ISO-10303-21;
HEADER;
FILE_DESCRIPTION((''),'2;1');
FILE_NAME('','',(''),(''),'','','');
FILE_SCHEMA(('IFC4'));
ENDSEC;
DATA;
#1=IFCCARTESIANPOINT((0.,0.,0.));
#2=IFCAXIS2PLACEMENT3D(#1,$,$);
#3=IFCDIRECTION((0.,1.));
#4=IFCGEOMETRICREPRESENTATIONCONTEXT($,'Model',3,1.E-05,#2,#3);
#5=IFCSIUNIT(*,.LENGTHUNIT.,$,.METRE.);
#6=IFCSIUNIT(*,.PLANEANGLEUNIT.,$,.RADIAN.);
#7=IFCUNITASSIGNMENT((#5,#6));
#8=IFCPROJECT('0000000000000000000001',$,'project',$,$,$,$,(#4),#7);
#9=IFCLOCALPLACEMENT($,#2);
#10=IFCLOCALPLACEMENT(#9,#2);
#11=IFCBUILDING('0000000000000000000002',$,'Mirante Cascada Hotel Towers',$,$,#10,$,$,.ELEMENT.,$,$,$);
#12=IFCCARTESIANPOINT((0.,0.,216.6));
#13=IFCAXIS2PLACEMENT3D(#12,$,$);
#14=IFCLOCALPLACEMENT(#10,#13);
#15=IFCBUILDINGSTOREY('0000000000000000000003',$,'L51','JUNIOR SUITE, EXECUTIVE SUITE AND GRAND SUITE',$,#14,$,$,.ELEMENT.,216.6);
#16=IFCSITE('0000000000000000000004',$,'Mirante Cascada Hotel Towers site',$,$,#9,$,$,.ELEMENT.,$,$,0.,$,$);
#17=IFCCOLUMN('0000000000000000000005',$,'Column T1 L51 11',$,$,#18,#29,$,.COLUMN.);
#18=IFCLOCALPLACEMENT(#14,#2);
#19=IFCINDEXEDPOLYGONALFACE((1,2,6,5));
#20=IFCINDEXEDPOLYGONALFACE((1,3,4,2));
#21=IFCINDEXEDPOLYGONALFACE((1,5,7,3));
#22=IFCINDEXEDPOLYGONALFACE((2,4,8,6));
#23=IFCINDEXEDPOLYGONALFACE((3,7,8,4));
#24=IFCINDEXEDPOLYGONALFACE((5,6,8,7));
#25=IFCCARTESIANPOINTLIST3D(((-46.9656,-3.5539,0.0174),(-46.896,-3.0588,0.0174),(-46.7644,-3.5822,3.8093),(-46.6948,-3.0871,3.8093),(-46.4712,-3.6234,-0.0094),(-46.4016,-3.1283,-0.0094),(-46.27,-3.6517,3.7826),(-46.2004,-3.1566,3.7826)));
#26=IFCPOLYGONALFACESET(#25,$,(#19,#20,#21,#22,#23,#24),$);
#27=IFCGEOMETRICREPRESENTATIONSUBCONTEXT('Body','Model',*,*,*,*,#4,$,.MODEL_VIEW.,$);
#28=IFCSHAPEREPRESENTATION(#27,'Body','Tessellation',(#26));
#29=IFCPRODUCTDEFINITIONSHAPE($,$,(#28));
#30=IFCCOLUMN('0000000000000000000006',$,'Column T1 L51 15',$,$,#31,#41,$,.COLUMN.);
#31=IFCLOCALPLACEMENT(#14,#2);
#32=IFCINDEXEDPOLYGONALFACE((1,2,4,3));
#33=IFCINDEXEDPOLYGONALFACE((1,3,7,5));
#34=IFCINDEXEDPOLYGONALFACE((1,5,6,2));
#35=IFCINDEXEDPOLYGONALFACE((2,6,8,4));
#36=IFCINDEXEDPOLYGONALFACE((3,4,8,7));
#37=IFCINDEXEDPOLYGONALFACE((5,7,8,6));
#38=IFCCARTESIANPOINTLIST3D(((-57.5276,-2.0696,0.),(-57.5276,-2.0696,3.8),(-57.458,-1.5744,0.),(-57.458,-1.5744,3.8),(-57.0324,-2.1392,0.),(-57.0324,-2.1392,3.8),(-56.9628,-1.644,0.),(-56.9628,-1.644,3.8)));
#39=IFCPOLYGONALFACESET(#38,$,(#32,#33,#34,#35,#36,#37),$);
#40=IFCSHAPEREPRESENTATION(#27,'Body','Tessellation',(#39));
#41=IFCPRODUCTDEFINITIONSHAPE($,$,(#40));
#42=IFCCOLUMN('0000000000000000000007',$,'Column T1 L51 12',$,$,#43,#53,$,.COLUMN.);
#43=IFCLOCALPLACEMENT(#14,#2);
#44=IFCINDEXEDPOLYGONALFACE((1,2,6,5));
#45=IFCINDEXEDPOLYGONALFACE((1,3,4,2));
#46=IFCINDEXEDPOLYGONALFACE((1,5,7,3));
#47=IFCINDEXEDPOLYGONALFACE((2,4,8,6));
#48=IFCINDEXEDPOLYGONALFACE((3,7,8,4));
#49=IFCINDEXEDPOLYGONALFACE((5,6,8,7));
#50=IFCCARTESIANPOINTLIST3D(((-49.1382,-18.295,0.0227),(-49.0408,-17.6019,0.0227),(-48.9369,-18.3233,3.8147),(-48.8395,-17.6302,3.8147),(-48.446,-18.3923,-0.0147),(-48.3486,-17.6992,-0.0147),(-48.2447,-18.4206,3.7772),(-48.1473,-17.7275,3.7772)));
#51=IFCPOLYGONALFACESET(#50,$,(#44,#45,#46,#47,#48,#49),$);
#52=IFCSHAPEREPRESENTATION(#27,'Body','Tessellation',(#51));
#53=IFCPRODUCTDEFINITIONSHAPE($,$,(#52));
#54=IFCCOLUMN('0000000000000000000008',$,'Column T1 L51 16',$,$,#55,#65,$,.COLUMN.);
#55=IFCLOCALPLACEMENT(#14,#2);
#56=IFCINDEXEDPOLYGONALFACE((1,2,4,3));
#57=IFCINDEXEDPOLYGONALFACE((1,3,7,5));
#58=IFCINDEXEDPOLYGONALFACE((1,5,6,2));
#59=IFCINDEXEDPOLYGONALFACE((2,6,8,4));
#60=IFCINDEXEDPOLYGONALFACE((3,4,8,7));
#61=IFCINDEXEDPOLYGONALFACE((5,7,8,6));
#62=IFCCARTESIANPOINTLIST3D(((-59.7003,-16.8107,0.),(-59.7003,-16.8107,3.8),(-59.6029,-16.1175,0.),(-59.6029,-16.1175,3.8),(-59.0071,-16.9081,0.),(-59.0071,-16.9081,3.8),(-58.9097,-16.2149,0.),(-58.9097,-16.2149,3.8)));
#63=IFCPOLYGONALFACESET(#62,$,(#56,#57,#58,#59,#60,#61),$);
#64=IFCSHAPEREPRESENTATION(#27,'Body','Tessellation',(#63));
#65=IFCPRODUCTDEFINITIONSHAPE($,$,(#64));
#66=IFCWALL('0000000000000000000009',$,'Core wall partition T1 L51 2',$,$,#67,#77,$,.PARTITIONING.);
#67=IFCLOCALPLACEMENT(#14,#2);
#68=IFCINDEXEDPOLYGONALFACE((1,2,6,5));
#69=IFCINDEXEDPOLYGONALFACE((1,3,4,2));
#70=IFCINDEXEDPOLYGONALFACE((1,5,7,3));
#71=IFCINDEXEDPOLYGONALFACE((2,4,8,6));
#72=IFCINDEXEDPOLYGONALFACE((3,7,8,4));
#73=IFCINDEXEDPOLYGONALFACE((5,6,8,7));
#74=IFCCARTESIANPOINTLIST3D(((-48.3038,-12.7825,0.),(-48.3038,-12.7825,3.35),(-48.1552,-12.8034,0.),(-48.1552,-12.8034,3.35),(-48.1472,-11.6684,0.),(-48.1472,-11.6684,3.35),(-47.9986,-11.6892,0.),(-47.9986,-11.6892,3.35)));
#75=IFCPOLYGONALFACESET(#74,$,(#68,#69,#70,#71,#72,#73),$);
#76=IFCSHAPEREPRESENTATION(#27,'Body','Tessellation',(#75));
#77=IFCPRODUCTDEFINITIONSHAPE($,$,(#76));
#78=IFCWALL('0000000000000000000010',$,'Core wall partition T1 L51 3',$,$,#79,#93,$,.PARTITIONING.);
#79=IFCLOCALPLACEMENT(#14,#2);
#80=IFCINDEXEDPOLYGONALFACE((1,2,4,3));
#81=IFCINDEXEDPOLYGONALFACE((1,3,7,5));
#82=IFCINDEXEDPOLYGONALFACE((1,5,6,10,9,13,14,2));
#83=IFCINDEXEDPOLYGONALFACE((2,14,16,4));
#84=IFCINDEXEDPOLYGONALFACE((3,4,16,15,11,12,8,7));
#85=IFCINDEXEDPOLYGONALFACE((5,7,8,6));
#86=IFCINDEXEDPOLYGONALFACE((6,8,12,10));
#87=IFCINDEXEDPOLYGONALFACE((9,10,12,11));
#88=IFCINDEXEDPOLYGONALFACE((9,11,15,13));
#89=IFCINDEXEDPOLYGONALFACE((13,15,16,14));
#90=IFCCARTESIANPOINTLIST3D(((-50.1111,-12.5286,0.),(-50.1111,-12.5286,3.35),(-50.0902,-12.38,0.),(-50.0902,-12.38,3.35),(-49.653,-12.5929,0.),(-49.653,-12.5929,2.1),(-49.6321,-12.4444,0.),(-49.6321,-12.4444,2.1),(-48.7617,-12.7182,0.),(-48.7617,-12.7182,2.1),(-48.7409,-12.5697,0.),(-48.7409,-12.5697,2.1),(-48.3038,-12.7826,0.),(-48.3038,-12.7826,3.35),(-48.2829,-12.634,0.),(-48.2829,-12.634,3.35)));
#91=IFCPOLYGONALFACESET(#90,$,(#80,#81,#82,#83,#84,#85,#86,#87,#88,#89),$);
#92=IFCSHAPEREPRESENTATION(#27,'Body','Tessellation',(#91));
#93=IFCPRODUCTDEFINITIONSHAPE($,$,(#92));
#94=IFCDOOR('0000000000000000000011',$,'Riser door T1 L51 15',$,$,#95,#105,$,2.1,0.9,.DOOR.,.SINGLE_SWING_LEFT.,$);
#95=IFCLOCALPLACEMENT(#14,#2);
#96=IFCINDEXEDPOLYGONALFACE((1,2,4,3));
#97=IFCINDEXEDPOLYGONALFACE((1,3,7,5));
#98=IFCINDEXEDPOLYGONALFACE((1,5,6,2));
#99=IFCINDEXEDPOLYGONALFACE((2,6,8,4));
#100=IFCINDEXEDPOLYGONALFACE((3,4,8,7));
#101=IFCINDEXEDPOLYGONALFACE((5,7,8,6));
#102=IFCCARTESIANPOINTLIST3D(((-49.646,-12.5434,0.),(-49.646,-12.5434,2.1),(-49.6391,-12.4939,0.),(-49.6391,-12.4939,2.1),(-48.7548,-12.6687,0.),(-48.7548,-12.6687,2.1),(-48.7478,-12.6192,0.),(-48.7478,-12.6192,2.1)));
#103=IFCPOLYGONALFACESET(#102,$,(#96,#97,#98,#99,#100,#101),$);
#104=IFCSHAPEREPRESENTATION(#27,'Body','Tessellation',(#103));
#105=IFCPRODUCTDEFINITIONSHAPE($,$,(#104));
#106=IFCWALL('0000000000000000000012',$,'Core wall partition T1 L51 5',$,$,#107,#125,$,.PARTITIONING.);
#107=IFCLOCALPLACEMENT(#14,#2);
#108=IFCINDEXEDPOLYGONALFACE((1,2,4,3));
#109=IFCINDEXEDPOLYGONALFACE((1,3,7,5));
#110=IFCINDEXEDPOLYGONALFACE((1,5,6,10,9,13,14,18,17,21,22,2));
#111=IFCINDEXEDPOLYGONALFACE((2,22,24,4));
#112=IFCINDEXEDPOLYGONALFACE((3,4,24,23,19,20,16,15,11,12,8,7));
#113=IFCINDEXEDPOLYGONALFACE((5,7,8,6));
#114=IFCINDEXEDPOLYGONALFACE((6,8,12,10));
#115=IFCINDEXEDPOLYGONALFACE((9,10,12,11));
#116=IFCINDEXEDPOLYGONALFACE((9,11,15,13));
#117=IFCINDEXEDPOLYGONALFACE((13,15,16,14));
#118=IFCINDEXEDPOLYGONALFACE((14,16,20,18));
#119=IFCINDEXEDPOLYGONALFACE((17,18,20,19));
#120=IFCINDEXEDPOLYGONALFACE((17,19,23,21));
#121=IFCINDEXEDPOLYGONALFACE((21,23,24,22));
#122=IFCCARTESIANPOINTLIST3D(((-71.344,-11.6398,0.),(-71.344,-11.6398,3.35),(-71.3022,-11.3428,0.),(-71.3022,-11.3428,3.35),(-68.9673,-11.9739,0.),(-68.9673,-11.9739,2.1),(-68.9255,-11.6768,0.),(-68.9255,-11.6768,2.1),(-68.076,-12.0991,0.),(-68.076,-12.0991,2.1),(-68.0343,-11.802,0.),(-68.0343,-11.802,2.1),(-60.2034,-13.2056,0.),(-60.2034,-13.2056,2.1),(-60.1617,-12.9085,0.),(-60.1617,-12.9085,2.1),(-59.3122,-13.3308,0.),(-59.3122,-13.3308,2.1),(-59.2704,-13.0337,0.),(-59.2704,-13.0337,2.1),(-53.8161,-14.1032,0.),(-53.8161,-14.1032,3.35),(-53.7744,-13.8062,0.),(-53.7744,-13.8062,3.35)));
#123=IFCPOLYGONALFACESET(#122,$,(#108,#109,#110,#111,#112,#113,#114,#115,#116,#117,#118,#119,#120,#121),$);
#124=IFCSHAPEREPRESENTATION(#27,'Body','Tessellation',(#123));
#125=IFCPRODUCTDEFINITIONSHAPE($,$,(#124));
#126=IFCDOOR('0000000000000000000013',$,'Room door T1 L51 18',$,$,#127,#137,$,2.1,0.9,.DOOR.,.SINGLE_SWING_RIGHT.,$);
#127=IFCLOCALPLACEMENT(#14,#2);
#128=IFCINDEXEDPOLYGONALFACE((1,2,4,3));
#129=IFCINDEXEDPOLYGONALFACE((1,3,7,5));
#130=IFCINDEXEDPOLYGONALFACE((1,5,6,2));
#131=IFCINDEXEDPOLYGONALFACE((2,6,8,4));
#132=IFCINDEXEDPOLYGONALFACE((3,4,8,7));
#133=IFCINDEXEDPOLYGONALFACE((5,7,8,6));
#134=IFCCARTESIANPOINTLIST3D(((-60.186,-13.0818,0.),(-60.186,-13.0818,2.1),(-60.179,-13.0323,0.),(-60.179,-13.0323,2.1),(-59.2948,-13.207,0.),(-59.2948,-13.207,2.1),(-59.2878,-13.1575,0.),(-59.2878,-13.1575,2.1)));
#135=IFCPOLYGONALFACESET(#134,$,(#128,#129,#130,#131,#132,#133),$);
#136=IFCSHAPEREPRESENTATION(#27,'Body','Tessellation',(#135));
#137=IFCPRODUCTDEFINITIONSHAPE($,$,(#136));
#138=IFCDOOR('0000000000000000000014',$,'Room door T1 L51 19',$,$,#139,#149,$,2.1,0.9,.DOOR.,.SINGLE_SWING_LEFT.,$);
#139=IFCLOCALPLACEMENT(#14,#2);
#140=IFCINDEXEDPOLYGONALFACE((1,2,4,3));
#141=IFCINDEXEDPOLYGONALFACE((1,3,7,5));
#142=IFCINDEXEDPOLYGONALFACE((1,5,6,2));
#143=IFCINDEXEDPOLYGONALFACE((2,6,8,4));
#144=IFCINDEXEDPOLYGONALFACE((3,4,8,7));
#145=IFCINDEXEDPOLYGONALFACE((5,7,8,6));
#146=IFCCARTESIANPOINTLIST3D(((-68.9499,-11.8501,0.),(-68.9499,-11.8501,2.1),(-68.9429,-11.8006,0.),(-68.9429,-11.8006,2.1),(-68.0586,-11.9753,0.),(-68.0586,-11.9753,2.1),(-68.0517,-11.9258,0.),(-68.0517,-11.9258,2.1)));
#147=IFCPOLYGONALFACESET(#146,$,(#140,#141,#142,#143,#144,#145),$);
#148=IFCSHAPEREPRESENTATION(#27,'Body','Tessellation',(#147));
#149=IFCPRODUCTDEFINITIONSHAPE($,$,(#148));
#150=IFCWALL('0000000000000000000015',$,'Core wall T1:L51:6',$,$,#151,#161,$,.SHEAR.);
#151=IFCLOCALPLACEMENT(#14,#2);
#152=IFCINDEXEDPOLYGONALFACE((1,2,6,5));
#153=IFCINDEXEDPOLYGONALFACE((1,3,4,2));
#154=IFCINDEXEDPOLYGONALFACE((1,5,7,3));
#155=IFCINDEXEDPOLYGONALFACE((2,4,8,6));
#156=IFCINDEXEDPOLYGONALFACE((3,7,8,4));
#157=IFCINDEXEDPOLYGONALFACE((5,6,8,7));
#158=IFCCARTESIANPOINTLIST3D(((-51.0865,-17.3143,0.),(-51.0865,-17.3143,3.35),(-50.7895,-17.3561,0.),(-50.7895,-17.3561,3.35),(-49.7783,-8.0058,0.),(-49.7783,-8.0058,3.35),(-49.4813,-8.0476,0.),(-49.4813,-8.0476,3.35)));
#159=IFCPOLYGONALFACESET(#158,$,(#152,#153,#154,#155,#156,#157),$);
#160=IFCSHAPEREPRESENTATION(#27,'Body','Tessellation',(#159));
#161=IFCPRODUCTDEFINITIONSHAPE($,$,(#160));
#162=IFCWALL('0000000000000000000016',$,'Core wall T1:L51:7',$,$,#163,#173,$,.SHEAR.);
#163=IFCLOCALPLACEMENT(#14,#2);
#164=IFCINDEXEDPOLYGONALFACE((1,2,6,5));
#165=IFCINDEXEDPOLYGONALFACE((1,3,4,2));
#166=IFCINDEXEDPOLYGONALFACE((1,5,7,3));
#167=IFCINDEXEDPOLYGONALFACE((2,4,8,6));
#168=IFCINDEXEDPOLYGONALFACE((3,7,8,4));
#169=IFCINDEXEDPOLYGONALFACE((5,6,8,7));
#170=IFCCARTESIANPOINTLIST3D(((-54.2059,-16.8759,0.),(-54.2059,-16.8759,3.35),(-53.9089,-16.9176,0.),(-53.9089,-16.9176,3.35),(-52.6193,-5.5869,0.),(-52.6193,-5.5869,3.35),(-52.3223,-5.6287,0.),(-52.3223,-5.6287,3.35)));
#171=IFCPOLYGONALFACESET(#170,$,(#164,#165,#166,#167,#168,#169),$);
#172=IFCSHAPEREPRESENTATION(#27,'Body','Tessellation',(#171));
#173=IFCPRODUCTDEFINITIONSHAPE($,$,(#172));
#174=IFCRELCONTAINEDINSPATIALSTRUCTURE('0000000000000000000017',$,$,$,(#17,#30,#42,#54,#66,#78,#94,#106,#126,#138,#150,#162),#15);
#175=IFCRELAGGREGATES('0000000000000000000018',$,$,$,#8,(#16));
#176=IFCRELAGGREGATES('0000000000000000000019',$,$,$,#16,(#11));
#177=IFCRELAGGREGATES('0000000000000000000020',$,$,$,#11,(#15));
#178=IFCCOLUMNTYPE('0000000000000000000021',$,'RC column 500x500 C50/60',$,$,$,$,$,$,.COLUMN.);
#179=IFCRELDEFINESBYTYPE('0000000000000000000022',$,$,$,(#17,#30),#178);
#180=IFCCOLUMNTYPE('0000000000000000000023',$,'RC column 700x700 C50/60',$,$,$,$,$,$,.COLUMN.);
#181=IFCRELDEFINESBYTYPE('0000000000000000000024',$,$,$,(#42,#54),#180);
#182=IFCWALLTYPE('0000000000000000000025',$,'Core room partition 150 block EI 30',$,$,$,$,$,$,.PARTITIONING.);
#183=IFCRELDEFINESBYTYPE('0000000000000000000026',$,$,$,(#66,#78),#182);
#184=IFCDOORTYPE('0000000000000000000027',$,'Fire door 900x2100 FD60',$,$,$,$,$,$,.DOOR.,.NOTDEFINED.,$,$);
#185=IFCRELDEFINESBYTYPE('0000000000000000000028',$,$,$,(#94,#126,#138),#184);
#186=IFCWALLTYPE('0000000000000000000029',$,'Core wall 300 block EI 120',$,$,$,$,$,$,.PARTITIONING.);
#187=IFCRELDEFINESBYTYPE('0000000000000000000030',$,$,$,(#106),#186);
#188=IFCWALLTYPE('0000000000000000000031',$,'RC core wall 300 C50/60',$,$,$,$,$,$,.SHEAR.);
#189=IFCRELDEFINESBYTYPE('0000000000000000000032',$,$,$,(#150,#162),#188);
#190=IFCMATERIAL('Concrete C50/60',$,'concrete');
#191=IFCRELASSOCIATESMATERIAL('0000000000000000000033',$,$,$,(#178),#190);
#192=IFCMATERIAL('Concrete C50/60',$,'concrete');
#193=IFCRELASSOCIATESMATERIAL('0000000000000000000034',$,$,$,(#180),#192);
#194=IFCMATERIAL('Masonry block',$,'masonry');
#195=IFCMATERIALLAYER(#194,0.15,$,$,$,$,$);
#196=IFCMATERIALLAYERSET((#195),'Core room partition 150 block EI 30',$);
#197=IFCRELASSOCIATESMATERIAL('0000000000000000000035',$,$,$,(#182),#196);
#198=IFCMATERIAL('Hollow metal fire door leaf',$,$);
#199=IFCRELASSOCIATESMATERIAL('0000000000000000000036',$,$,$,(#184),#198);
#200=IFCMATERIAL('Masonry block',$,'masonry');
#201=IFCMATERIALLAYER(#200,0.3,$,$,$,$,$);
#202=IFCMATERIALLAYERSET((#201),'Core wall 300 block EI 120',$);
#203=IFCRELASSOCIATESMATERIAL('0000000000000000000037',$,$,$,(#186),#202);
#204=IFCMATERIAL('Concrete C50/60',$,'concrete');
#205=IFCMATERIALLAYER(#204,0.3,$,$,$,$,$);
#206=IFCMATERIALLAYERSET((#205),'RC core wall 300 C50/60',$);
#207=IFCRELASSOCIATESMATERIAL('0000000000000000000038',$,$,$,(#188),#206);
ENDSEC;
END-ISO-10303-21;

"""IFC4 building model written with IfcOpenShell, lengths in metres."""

from ifc_helpers import new_model, si_unit, direction, frame, frame_2d, origin, origin_2d, place, context, subcontext, project, spatial, rectangle, extrude, material, layer, layer_set, material_profile, profile_set, type_object, element, fill, save


model = new_model("IFC4")

# Units and contexts
model_context = context("Model", 3, precision=1e-05, world=origin(), true_north=direction((0.0, 1.0)))
body_context = subcontext(model_context, "Body", "Model", "MODEL_VIEW")
ifc_project = project(units=[si_unit("LENGTHUNIT", "METRE"), si_unit("PLANEANGLEUNIT", "RADIAN")], contexts=[model_context])

# Site, building, storey
site_placement = place(None, origin())
site = spatial("IfcSite", under=ifc_project, at=site_placement, Name="Mirante Cascada Hotel Towers site", CompositionType="ELEMENT", RefElevation=0.0)
building_placement = place(site_placement, origin())
building = spatial("IfcBuilding", under=site, at=building_placement, Name="Mirante Cascada Hotel Towers", CompositionType="ELEMENT")
storey_placement = place(building_placement, frame((0.0, 0.0, 216.6)))
storey = spatial("IfcBuildingStorey", under=building, at=storey_placement, Name="L51", Description="JUNIOR SUITE, EXECUTIVE SUITE AND GRAND SUITE", CompositionType="ELEMENT", Elevation=216.6)

# Columns
ifc_material_1 = material(Name="Concrete C50/60", Category="concrete")
ifc_material_profile_1 = material_profile(ifc_material_1, rectangle(XDim=0.5, YDim=0.5, at=origin_2d()), Name="RC column 500x500 C50/60")
ifc_profile_set_1 = profile_set([ifc_material_profile_1], Name="Concrete C50/60")
column_type_1 = type_object("IfcColumnType", Name="RC column 500x500 C50/60", PredefinedType="COLUMN", material=ifc_profile_set_1)
column_1_placement = place(storey_placement, frame((-46.6836, -3.3411, 0.004), z_axis=(0.052983, -0.007452, 0.998568), x_axis=(0.139285, 0.990252, 0.0)))
element("IfcColumn", 1, at=column_1_placement, inside=storey, type_object=column_type_1, Name="Column T1 L51 11", PredefinedType="COLUMN", context=body_context, shape_type="SweptSolid", body=[
    extrude(rectangle(XDim=0.5, YDim=0.5, at=origin_2d()), origin(), (0.0, 0.0, 1.0), 3.7974),
])
column_2_placement = place(storey_placement, frame((-57.2452, -1.8568, 0.0), z_axis=(0.0, 0.0, 1.0), x_axis=(-0.990268, 0.139173, 0.0)))
element("IfcColumn", 2, at=column_2_placement, inside=storey, type_object=column_type_1, Name="Column T1 L51 15", PredefinedType="COLUMN", context=body_context, shape_type="SweptSolid", body=[
    extrude(rectangle(XDim=0.5, YDim=0.5, at=origin_2d()), origin(), (0.0, 0.0, 1.0), 3.8),
])
ifc_material_2 = material(Name="Concrete C50/60", Category="concrete")
ifc_material_profile_2 = material_profile(ifc_material_2, rectangle(XDim=0.7, YDim=0.7, at=origin_2d()), Name="RC column 700x700 C50/60")
ifc_profile_set_2 = profile_set([ifc_material_profile_2], Name="Concrete C50/60")
column_type_2 = type_object("IfcColumnType", Name="RC column 700x700 C50/60", PredefinedType="COLUMN", material=ifc_profile_set_2)
column_3_placement = place(storey_placement, frame((-48.7434, -17.9971, 0.004), z_axis=(0.053009, -0.007452, 0.998566), x_axis=(0.139217, 0.990262, 0.0)))
element("IfcColumn", 3, at=column_3_placement, inside=storey, type_object=column_type_2, Name="Column T1 L51 12", PredefinedType="COLUMN", context=body_context, shape_type="SweptSolid", body=[
    extrude(rectangle(XDim=0.7, YDim=0.7, at=origin_2d()), origin(), (0.0, 0.0, 1.0), 3.7974),
])
column_4_placement = place(storey_placement, frame((-59.305, -16.5128, 0.0), z_axis=(0.0, 0.0, 1.0), x_axis=(-0.990268, 0.139173, 0.0)))
element("IfcColumn", 4, at=column_4_placement, inside=storey, type_object=column_type_2, Name="Column T1 L51 16", PredefinedType="COLUMN", context=body_context, shape_type="SweptSolid", body=[
    extrude(rectangle(XDim=0.7, YDim=0.7, at=origin_2d()), origin(), (0.0, 0.0, 1.0), 3.8),
])

# Wall
ifc_material_3 = material(Name="Masonry block", Category="masonry")
ifc_layer_1 = layer(ifc_material_3, 0.15)
ifc_layer_set_1 = layer_set([ifc_layer_1], Name="Core room partition 150 block EI 30")
wall_type_1 = type_object("IfcWallType", Name="Core room partition 150 block EI 30", PredefinedType="PARTITIONING", material=ifc_layer_set_1)
wall_1_placement = place(storey_placement, frame((-48.2295, -12.793, 0.0), z_axis=(0.0, 0.0, 1.0), x_axis=(0.139193, 0.990265, 0.0)))
element("IfcWall", 5, at=wall_1_placement, inside=storey, type_object=wall_type_1, Name="Core wall partition T1 L51 2", PredefinedType="PARTITIONING", context=body_context, shape_type="SweptSolid", body=[
    extrude(rectangle(XDim=1.1251, YDim=0.15, at=frame_2d((0.5626, 0.0))), origin(), (0.0, 0.0, 1.0), 3.35),
])

# Wall, opening, door
wall_2_placement = place(storey_placement, frame((-48.2933, -12.7083, 0.0), z_axis=(0.0, 0.0, 1.0), x_axis=(-0.990268, 0.139173, 0.0)))
wall_2 = element("IfcWall", 6, at=wall_2_placement, inside=storey, type_object=wall_type_1, Name="Core wall partition T1 L51 3", PredefinedType="PARTITIONING", context=body_context, shape_type="SweptSolid", body=[
    extrude(rectangle(XDim=1.8251, YDim=0.15, at=frame_2d((0.9126, 0.0))), origin(), (0.0, 0.0, 1.0), 3.35),
])
opening_1_placement = place(wall_2_placement, frame((0.4625, 0.0, 0.0)))
opening_1 = element("IfcOpeningElement", 7, at=opening_1_placement, cuts=wall_2, PredefinedType="OPENING", context=body_context, shape_type="SweptSolid", body=[
    extrude(rectangle(XDim=0.9, YDim=2.1, at=frame_2d((0.45, 1.05))), frame((0.0, 0.075, 0.0), z_axis=(0.0, -1.0, 0.0), x_axis=(1.0, 0.0, 0.0)), (0.0, 0.0, 1.0), 0.15),
])
ifc_material_4 = material(Name="Hollow metal fire door leaf")
door_type_1 = type_object("IfcDoorType", Name="Fire door 900x2100 FD60", OperationType="NOTDEFINED", PredefinedType="DOOR", material=ifc_material_4)
door_1_placement = place(opening_1_placement, origin())
door_1 = element("IfcDoor", 8, at=door_1_placement, inside=storey, type_object=door_type_1, Name="Riser door T1 L51 15", OperationType="SINGLE_SWING_LEFT", OverallHeight=2.1, OverallWidth=0.9, PredefinedType="DOOR", context=body_context, shape_type="SweptSolid", body=[
    extrude(rectangle(XDim=0.9, YDim=2.1, at=frame_2d((0.45, 1.05))), frame((0.0, 0.025, 0.0), z_axis=(0.0, -1.0, 0.0), x_axis=(1.0, 0.0, 0.0)), (0.0, 0.0, 1.0), 0.05),
])
fill(opening_1, door_1)

# Wall, openings, doors
ifc_material_5 = material(Name="Masonry block", Category="masonry")
ifc_layer_2 = layer(ifc_material_5, 0.3)
ifc_layer_set_2 = layer_set([ifc_layer_2], Name="Core wall 300 block EI 120")
wall_type_2 = type_object("IfcWallType", Name="Core wall 300 block EI 120", PredefinedType="PARTITIONING", material=ifc_layer_set_2)
wall_3_placement = place(storey_placement, frame((-53.7953, -13.9547, 0.0), z_axis=(0.0, 0.0, 1.0), x_axis=(-0.990268, 0.139175, 0.0)))
wall_3 = element("IfcWall", 9, at=wall_3_placement, inside=storey, type_object=wall_type_2, Name="Core wall partition T1 L51 5", PredefinedType="PARTITIONING", context=body_context, shape_type="SweptSolid", body=[
    extrude(rectangle(XDim=17.7001, YDim=0.3, at=frame_2d((8.85, 0.0))), origin(), (0.0, 0.0, 1.0), 3.35),
])
opening_2_placement = place(wall_3_placement, frame((5.55, 0.0, 0.0)))
opening_2 = element("IfcOpeningElement", 10, at=opening_2_placement, cuts=wall_3, PredefinedType="OPENING", context=body_context, shape_type="SweptSolid", body=[
    extrude(rectangle(XDim=0.9, YDim=2.1, at=frame_2d((0.45, 1.05))), frame((0.0, 0.15, 0.0), z_axis=(0.0, -1.0, 0.0), x_axis=(1.0, 0.0, 0.0)), (0.0, 0.0, 1.0), 0.3),
])
opening_3_placement = place(wall_3_placement, frame((14.4, 0.0, 0.0)))
opening_3 = element("IfcOpeningElement", 11, at=opening_3_placement, cuts=wall_3, PredefinedType="OPENING", context=body_context, shape_type="SweptSolid", body=[
    extrude(rectangle(XDim=0.9, YDim=2.1, at=frame_2d((0.45, 1.05))), frame((0.0, 0.15, 0.0), z_axis=(0.0, -1.0, 0.0), x_axis=(1.0, 0.0, 0.0)), (0.0, 0.0, 1.0), 0.3),
])
door_2_placement = place(opening_2_placement, origin())
door_2 = element("IfcDoor", 12, at=door_2_placement, inside=storey, type_object=door_type_1, Name="Room door T1 L51 18", OperationType="SINGLE_SWING_RIGHT", OverallHeight=2.1, OverallWidth=0.9, PredefinedType="DOOR", context=body_context, shape_type="SweptSolid", body=[
    extrude(rectangle(XDim=0.9, YDim=2.1, at=frame_2d((0.45, 1.05))), frame((0.0, 0.025, 0.0), z_axis=(0.0, -1.0, 0.0), x_axis=(1.0, 0.0, 0.0)), (0.0, 0.0, 1.0), 0.05),
])
fill(opening_2, door_2)
door_3_placement = place(opening_3_placement, origin())
door_3 = element("IfcDoor", 13, at=door_3_placement, inside=storey, type_object=door_type_1, Name="Room door T1 L51 19", OperationType="SINGLE_SWING_LEFT", OverallHeight=2.1, OverallWidth=0.9, PredefinedType="DOOR", context=body_context, shape_type="SweptSolid", body=[
    extrude(rectangle(XDim=0.9, YDim=2.1, at=frame_2d((0.45, 1.05))), frame((0.0, 0.025, 0.0), z_axis=(0.0, -1.0, 0.0), x_axis=(1.0, 0.0, 0.0)), (0.0, 0.0, 1.0), 0.05),
])
fill(opening_3, door_3)

# Walls
ifc_material_6 = material(Name="Concrete C50/60", Category="concrete")
ifc_layer_3 = layer(ifc_material_6, 0.3)
ifc_layer_set_3 = layer_set([ifc_layer_3], Name="RC core wall 300 C50/60")
wall_type_3 = type_object("IfcWallType", Name="RC core wall 300 C50/60", PredefinedType="SHEAR", material=ifc_layer_set_3)
wall_4_placement = place(storey_placement, frame((-50.938, -17.3352, 0.0), z_axis=(0.0, 0.0, 1.0), x_axis=(0.139171, 0.990268, 0.0)))
element("IfcWall", 14, at=wall_4_placement, inside=storey, type_object=wall_type_3, Name="Core wall T1:L51:6", PredefinedType="SHEAR", context=body_context, shape_type="SweptSolid", body=[
    extrude(rectangle(XDim=9.4, YDim=0.3, at=frame_2d((4.7, 0.0))), origin(), (0.0, 0.0, 1.0), 3.35),
])
wall_5_placement = place(storey_placement, frame((-54.0574, -16.8968, 0.0), z_axis=(0.0, 0.0, 1.0), x_axis=(0.139176, 0.990268, 0.0)))
element("IfcWall", 15, at=wall_5_placement, inside=storey, type_object=wall_type_3, Name="Core wall T1:L51:7", PredefinedType="SHEAR", context=body_context, shape_type="SweptSolid", body=[
    extrude(rectangle(XDim=11.3999, YDim=0.3, at=frame_2d((5.7, 0.0))), origin(), (0.0, 0.0, 1.0), 3.35),
])

save(model, "model.ifc")
